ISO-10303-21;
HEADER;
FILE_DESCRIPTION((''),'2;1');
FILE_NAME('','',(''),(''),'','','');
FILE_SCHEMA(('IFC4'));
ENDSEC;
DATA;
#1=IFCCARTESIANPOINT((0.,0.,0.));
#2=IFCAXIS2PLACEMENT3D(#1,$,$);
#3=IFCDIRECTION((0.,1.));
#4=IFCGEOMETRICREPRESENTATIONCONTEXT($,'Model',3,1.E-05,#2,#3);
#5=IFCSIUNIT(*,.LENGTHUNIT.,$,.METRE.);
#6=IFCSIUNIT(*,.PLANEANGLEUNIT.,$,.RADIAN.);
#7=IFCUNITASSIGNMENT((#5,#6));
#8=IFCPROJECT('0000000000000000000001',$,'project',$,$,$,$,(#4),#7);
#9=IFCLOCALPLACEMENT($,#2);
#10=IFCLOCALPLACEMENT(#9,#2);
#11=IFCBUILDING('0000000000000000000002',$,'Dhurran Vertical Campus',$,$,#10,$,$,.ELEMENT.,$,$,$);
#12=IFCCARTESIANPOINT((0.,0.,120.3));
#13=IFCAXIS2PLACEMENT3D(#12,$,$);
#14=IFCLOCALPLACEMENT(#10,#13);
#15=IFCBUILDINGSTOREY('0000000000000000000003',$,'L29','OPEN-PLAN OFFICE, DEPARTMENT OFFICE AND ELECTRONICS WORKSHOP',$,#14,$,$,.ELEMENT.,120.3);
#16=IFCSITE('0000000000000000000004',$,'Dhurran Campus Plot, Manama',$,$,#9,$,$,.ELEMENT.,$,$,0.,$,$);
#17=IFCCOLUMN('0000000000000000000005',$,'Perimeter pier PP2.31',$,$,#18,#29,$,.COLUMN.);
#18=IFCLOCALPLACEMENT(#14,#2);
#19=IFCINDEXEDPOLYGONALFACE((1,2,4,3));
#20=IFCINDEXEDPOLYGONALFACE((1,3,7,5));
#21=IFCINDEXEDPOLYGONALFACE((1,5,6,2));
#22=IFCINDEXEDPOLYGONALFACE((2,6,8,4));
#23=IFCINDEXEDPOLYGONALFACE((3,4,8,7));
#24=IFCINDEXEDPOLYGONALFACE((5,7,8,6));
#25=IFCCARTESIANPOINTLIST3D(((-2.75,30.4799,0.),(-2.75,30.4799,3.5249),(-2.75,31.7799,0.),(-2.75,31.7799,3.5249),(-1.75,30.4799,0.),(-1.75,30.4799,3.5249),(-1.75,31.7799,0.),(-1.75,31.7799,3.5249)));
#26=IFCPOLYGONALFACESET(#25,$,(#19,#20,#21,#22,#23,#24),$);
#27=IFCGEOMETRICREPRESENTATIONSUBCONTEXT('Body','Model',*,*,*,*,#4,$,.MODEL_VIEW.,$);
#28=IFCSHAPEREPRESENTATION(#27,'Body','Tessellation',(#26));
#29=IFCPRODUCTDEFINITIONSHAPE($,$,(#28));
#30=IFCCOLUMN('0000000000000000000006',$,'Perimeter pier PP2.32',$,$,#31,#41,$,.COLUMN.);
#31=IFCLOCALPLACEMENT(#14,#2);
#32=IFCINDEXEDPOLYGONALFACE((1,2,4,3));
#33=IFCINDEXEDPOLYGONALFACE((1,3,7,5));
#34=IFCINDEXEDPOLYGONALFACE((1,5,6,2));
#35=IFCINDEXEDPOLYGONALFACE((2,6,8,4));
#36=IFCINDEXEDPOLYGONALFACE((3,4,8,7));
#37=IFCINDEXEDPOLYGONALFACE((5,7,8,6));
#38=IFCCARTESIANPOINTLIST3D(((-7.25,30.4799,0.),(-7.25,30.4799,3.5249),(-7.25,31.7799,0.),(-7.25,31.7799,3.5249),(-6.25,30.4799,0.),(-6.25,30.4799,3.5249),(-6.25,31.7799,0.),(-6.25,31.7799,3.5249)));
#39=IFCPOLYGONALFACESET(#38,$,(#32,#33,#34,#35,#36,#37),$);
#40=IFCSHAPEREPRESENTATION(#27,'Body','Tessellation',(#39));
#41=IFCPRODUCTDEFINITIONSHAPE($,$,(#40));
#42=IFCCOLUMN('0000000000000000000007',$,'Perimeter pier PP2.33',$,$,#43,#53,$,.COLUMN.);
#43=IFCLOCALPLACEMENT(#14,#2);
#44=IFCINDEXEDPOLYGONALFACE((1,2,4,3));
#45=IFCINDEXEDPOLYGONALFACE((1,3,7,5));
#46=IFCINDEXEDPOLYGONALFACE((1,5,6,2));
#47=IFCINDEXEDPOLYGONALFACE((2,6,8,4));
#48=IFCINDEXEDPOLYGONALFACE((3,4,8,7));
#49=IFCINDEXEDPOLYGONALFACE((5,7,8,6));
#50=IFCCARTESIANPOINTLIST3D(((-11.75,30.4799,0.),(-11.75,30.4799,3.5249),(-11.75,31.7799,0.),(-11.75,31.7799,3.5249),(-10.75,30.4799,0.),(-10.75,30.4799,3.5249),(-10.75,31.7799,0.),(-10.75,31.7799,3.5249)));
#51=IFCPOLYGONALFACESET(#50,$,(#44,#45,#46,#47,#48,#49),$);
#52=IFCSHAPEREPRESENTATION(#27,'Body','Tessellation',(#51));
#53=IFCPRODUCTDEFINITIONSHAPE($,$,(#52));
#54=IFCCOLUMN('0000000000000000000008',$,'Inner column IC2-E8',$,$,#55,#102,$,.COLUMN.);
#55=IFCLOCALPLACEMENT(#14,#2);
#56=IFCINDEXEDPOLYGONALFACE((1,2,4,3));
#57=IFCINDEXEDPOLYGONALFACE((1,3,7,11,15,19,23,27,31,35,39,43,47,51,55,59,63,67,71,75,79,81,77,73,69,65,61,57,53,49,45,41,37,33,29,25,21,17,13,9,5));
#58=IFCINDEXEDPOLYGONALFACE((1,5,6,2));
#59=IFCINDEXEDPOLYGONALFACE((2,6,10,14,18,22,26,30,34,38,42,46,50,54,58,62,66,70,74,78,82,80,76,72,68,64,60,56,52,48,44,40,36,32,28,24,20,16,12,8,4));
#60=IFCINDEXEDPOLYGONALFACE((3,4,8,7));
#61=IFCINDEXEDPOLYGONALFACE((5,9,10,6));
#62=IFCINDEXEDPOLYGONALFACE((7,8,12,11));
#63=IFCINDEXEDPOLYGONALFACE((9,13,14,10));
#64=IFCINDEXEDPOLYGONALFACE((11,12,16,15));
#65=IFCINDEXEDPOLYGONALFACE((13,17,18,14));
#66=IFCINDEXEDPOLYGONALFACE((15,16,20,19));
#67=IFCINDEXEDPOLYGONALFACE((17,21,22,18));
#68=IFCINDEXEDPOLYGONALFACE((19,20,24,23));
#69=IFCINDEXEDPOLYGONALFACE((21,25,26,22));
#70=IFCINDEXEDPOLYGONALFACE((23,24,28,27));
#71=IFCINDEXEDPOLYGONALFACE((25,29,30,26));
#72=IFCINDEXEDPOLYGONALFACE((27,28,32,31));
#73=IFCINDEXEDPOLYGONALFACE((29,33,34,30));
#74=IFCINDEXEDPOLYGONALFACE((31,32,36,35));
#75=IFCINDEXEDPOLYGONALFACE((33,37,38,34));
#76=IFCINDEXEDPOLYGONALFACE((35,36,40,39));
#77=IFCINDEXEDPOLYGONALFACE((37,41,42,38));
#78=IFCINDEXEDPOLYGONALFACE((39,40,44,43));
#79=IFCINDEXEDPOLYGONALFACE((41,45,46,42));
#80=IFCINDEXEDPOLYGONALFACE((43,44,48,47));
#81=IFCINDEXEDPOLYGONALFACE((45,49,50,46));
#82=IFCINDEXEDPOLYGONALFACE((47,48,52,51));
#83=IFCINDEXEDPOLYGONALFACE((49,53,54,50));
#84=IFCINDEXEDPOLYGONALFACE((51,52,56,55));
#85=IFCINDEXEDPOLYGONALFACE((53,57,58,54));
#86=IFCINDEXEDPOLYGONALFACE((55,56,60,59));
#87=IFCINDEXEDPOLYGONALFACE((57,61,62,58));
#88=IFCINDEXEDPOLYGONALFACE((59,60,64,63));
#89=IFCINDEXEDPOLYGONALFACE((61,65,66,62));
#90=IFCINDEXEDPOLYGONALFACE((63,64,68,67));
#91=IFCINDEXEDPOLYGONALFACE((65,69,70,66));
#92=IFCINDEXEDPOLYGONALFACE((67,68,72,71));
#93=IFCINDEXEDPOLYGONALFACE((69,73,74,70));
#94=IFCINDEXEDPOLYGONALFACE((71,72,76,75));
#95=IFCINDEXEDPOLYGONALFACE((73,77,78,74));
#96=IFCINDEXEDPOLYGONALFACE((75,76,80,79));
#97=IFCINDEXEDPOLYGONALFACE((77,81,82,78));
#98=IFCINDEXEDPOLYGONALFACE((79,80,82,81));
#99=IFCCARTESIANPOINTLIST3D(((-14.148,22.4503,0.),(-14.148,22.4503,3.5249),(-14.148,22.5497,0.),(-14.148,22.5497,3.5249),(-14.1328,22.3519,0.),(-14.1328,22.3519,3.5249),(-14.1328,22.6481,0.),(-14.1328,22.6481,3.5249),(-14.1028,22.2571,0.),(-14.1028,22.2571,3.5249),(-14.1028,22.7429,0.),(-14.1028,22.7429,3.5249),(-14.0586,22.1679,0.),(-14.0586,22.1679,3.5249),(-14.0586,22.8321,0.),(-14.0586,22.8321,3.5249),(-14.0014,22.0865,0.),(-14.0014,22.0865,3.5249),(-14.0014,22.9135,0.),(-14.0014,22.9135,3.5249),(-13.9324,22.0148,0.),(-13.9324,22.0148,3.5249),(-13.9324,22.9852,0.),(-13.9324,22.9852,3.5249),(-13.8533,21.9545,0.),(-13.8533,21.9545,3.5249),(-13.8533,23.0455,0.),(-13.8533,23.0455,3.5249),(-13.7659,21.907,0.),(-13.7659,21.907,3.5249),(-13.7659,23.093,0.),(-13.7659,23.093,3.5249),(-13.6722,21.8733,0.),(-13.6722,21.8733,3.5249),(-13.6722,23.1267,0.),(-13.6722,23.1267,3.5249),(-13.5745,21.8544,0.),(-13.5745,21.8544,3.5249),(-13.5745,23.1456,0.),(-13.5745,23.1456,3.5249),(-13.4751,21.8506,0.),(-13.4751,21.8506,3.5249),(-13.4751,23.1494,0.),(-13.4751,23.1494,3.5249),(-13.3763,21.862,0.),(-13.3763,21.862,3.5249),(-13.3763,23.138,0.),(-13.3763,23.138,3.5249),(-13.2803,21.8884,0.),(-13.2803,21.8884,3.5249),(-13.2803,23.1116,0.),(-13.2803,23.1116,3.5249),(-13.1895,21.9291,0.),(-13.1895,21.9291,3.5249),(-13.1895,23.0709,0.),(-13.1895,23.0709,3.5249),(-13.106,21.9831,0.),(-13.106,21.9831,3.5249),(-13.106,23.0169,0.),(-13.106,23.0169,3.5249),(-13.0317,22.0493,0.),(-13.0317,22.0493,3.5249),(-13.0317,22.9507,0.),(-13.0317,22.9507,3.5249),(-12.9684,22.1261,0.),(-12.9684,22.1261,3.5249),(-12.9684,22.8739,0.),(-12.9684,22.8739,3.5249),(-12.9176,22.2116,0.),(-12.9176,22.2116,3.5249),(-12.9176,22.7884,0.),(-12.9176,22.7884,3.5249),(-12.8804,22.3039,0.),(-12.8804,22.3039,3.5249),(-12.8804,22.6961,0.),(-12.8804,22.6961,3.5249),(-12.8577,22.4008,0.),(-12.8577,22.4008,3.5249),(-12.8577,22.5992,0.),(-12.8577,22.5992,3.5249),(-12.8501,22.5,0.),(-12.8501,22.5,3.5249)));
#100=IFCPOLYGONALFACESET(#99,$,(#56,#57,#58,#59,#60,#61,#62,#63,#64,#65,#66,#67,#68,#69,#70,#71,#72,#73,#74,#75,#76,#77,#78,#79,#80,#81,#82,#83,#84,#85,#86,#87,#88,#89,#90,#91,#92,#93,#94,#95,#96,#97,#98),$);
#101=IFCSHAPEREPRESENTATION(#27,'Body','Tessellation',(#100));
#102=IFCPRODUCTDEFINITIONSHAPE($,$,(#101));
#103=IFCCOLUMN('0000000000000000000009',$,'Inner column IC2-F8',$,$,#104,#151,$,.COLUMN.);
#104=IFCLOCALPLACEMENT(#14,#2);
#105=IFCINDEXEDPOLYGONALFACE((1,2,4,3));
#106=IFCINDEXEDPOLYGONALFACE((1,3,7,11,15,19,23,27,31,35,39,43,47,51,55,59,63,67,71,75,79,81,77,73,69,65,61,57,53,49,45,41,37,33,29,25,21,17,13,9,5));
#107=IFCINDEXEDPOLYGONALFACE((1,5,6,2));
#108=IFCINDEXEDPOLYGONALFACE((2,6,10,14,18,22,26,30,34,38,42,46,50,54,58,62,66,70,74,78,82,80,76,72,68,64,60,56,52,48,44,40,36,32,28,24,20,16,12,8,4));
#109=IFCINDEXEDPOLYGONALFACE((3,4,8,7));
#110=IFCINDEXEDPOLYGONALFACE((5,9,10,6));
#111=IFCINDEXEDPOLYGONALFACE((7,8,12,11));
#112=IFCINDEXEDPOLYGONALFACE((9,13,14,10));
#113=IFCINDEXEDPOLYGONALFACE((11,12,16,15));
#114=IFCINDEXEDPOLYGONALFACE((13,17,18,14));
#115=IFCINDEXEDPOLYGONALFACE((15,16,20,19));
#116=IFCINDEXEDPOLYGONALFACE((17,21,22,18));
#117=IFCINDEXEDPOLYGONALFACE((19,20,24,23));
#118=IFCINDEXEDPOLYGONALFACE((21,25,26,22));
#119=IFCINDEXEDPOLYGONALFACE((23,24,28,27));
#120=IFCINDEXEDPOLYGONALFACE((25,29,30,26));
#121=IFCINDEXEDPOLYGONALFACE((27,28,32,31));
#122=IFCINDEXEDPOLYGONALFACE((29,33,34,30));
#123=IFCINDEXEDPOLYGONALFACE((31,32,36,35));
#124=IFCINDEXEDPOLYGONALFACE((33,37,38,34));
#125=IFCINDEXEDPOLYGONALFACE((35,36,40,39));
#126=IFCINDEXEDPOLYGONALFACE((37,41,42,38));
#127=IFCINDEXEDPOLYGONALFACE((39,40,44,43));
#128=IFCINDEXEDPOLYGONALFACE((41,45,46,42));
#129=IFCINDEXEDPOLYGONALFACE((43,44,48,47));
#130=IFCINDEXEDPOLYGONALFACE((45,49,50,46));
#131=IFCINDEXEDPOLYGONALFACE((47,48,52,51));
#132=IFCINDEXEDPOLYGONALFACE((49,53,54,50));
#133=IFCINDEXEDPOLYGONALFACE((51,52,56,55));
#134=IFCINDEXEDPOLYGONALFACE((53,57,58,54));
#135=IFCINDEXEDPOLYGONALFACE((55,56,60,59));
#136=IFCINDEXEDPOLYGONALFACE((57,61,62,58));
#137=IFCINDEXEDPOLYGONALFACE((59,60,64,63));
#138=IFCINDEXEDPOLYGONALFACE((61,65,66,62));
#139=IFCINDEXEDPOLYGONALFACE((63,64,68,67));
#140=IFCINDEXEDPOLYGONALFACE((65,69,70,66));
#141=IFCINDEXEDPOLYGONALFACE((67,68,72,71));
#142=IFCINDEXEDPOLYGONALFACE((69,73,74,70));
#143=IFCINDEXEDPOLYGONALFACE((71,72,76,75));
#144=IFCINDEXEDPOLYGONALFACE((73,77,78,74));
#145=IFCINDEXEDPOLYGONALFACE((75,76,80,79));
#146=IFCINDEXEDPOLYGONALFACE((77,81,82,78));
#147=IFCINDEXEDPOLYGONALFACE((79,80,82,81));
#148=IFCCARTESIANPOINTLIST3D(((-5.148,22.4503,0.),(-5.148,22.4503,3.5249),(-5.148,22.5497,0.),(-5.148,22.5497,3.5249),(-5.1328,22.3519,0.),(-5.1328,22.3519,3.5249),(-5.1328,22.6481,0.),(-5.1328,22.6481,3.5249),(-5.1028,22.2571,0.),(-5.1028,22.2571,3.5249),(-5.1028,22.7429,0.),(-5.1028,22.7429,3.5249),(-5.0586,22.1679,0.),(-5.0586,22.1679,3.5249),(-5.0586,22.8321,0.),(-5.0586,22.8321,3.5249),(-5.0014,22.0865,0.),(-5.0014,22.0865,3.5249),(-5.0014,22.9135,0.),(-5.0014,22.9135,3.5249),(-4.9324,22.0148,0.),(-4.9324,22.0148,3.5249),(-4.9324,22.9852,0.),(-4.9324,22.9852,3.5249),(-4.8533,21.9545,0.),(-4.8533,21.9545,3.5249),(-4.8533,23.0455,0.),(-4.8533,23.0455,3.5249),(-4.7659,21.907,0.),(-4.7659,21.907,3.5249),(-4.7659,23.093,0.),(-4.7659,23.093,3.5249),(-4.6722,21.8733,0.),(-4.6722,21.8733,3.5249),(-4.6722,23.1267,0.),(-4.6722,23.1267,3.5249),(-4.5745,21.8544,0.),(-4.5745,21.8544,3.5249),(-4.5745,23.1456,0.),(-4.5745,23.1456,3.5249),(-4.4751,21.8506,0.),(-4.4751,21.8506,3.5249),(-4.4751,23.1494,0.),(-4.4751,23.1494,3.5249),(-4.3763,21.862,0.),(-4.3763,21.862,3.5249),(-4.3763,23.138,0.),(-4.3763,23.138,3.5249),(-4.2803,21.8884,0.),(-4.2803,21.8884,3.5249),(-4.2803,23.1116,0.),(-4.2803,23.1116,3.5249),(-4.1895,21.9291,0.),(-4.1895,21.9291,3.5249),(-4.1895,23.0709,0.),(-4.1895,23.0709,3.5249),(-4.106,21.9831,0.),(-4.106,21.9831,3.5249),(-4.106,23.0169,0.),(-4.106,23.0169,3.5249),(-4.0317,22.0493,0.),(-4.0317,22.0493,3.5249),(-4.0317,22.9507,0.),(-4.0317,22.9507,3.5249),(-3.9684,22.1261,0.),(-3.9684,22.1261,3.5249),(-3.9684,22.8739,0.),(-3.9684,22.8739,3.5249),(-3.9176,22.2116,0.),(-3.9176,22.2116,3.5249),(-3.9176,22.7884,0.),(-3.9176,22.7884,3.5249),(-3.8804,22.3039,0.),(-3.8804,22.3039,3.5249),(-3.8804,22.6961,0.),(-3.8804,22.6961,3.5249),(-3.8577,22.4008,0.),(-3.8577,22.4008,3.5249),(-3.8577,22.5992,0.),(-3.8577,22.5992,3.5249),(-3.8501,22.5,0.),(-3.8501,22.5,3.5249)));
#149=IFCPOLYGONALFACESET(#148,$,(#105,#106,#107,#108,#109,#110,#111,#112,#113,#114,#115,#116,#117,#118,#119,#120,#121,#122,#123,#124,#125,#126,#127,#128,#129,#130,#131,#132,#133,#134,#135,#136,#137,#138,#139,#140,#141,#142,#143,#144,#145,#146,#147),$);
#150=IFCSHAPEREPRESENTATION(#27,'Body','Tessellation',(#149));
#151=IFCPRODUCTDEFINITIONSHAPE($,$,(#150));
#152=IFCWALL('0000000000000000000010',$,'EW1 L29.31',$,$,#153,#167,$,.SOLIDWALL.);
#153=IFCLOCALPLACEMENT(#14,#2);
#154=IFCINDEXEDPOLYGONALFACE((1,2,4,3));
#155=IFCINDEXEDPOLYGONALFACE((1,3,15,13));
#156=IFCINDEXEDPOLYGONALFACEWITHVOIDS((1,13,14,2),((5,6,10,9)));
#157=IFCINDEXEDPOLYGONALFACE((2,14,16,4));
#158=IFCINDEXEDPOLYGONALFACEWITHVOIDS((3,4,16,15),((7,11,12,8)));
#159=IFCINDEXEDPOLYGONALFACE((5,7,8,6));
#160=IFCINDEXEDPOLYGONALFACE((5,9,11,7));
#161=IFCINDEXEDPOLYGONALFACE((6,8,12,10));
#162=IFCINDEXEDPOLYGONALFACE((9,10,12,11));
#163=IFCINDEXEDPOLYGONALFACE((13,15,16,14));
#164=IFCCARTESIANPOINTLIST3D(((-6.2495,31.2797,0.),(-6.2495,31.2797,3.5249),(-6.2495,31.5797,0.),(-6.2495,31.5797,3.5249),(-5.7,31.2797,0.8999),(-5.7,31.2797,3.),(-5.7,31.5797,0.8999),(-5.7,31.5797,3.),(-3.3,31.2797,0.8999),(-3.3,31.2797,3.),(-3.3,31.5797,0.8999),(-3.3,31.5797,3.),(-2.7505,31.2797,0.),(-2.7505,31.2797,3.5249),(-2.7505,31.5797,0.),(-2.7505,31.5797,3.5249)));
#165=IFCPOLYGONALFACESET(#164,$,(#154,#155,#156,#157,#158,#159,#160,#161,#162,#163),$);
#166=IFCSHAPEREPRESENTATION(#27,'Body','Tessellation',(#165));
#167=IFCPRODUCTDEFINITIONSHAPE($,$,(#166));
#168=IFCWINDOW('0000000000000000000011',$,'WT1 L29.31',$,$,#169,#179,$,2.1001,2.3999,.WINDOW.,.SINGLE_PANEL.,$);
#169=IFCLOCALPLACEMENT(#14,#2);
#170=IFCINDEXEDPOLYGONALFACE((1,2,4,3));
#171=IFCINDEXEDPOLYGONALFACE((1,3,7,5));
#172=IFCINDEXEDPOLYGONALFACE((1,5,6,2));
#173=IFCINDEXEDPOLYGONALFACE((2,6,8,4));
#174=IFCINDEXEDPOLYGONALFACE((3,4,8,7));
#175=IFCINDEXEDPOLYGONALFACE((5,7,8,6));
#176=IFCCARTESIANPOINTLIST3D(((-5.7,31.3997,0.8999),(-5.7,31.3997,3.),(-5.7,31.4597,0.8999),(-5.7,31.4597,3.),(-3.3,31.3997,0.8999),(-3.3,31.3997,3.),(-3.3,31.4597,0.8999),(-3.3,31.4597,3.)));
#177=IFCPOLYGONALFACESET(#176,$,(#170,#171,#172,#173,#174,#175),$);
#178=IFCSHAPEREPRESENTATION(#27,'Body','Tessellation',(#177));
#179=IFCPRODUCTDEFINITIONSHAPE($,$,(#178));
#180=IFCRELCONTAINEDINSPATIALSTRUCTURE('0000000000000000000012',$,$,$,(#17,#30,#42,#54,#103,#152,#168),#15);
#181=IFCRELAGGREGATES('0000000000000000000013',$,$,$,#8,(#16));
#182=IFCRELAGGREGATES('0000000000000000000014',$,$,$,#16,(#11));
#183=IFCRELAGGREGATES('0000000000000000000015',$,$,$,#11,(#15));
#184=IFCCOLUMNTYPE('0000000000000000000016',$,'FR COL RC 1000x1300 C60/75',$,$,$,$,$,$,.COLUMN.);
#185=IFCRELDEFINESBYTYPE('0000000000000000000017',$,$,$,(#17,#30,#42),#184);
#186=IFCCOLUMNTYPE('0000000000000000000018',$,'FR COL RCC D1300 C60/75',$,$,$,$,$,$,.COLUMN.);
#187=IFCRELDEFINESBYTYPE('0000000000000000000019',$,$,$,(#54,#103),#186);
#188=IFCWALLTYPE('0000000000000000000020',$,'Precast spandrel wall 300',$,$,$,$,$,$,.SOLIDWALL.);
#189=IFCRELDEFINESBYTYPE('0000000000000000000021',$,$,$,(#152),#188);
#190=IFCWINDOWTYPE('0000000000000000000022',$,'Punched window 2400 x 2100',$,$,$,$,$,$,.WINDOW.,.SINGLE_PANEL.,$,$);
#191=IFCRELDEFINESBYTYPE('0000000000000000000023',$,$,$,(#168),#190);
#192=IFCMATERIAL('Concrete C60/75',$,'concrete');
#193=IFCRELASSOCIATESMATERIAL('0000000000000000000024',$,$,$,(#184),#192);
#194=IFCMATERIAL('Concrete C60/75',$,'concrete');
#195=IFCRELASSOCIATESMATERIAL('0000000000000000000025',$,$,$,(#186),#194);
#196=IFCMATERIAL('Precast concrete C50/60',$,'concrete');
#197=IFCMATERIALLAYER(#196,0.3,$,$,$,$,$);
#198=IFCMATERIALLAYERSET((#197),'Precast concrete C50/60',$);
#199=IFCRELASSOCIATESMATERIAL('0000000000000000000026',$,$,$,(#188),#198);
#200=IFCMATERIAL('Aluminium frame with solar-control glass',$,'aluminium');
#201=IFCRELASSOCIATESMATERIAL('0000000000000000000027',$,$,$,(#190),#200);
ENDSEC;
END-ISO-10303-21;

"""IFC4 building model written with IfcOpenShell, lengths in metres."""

from ifc_helpers import new_model, si_unit, direction, frame, frame_2d, origin, origin_2d, place, context, subcontext, project, spatial, rectangle, circle, extrude, material, layer, layer_set, material_profile, profile_set, type_object, element, fill, save


model = new_model("IFC4")

# Units and contexts
model_context = context("Model", 3, precision=1e-05, world=origin(), true_north=direction((0.0, 1.0)))
body_context = subcontext(model_context, "Body", "Model", "MODEL_VIEW")
ifc_project = project(units=[si_unit("LENGTHUNIT", "METRE"), si_unit("PLANEANGLEUNIT", "RADIAN")], contexts=[model_context])

# Site, building, storey
site_placement = place(None, origin())
site = spatial("IfcSite", under=ifc_project, at=site_placement, Name="Dhurran Campus Plot, Manama", CompositionType="ELEMENT", RefElevation=0.0)
building_placement = place(site_placement, origin())
building = spatial("IfcBuilding", under=site, at=building_placement, Name="Dhurran Vertical Campus", CompositionType="ELEMENT")
storey_placement = place(building_placement, frame((0.0, 0.0, 120.3)))
storey = spatial("IfcBuildingStorey", under=building, at=storey_placement, Name="L29", Description="OPEN-PLAN OFFICE, DEPARTMENT OFFICE AND ELECTRONICS WORKSHOP", CompositionType="ELEMENT", Elevation=120.3)

# Columns
ifc_material_1 = material(Name="Concrete C60/75", Category="concrete")
ifc_material_profile_1 = material_profile(ifc_material_1, rectangle(XDim=1.0, YDim=1.3, at=origin_2d()), Name="RC 1000x1300")
ifc_profile_set_1 = profile_set([ifc_material_profile_1], Name="Concrete C60/75")
column_type_1 = type_object("IfcColumnType", Name="FR COL RC 1000x1300 C60/75", PredefinedType="COLUMN", material=ifc_profile_set_1)
for number, where, z_axis, x_axis, name in (
    (1, (-2.25, 31.1299, 0.0), (0.0, 0.0, 1.0), (-1.0, 0.0, 0.0), "Perimeter pier PP2.31"),
    (2, (-6.75, 31.1299, 0.0), (0.0, 0.0, 1.0), (-1.0, 0.0, 0.0), "Perimeter pier PP2.32"),
    (3, (-11.25, 31.1299, 0.0), (0.0, 0.0, 1.0), (-1.0, 0.0, 0.0), "Perimeter pier PP2.33"),
):
    element("IfcColumn", number, at=place(storey_placement, frame(where, z_axis=z_axis, x_axis=x_axis)), inside=storey, type_object=column_type_1, Name=name, PredefinedType="COLUMN", context=body_context, shape_type="SweptSolid", body=[
        extrude(rectangle(XDim=1.0, YDim=1.3, at=origin_2d()), origin(), (0.0, 0.0, 1.0), 3.5249),
    ])
ifc_material_2 = material(Name="Concrete C60/75", Category="concrete")
ifc_material_profile_2 = material_profile(ifc_material_2, circle(Radius=0.6499, at=origin_2d()), Name="RCC D1300")
ifc_profile_set_2 = profile_set([ifc_material_profile_2], Name="Concrete C60/75")
column_type_2 = type_object("IfcColumnType", Name="FR COL RCC D1300 C60/75", PredefinedType="COLUMN", material=ifc_profile_set_2)
for number, where, z_axis, x_axis, name in (
    (4, (-13.5, 22.5, 0.0), (0.0, 0.0, 1.0), (1.0, 0.0, 0.0), "Inner column IC2-E8"),
    (5, (-4.5, 22.5, 0.0), (0.0, 0.0, 1.0), (1.0, 0.0, 0.0), "Inner column IC2-F8"),
):
    element("IfcColumn", number, at=place(storey_placement, frame(where, z_axis=z_axis, x_axis=x_axis)), inside=storey, type_object=column_type_2, Name=name, PredefinedType="COLUMN", context=body_context, shape_type="SweptSolid", body=[
        extrude(circle(Radius=0.6499, at=origin_2d()), origin(), (0.0, 0.0, 1.0), 3.5249),
    ])

# Wall, opening, window
ifc_material_3 = material(Name="Precast concrete C50/60", Category="concrete")
ifc_layer_1 = layer(ifc_material_3, 0.3)
ifc_layer_set_1 = layer_set([ifc_layer_1], Name="Precast concrete C50/60")
wall_type_1 = type_object("IfcWallType", Name="Precast spandrel wall 300", PredefinedType="SOLIDWALL", material=ifc_layer_set_1)
wall_1_placement = place(storey_placement, frame((-2.7505, 31.4297, 0.0), z_axis=(0.0, 0.0, 1.0), x_axis=(-1.0, 0.0, 0.0)))
wall_1 = element("IfcWall", 6, at=wall_1_placement, inside=storey, type_object=wall_type_1, Name="EW1 L29.31", PredefinedType="SOLIDWALL", context=body_context, shape_type="SweptSolid", body=[
    extrude(rectangle(XDim=3.499, YDim=0.3, at=frame_2d((1.7495, 0.0))), origin(), (0.0, 0.0, 1.0), 3.5249),
])
opening_1_placement = place(wall_1_placement, frame((0.5496, 0.0, 0.8999)))
opening_1 = element("IfcOpeningElement", 7, at=opening_1_placement, cuts=wall_1, PredefinedType="OPENING", context=body_context, shape_type="SweptSolid", body=[
    extrude(rectangle(XDim=2.3999, YDim=2.1001, at=frame_2d((1.2, 1.05))), frame((0.0, 0.1599, 0.0), z_axis=(0.0, -1.0, 0.0), x_axis=(1.0, 0.0, 0.0)), (0.0, 0.0, 1.0), 0.3201),
])
ifc_material_4 = material(Name="Aluminium frame with solar-control glass", Category="aluminium")
window_type = type_object("IfcWindowType", Name="Punched window 2400 x 2100", PartitioningType="SINGLE_PANEL", PredefinedType="WINDOW", material=ifc_material_4)
window_1_placement = place(opening_1_placement, origin())
window_1 = element("IfcWindow", 8, at=window_1_placement, inside=storey, type_object=window_type, Name="WT1 L29.31", OverallHeight=2.1001, OverallWidth=2.3999, PartitioningType="SINGLE_PANEL", PredefinedType="WINDOW", context=body_context, shape_type="SweptSolid", body=[
    extrude(rectangle(XDim=2.3999, YDim=2.1001, at=frame_2d((1.2, 1.05))), frame((0.0, 0.03, 0.0), z_axis=(0.0, -1.0, 0.0), x_axis=(1.0, 0.0, 0.0)), (0.0, 0.0, 1.0), 0.0601),
])
fill(opening_1, window_1)

save(model, "model.ifc")
